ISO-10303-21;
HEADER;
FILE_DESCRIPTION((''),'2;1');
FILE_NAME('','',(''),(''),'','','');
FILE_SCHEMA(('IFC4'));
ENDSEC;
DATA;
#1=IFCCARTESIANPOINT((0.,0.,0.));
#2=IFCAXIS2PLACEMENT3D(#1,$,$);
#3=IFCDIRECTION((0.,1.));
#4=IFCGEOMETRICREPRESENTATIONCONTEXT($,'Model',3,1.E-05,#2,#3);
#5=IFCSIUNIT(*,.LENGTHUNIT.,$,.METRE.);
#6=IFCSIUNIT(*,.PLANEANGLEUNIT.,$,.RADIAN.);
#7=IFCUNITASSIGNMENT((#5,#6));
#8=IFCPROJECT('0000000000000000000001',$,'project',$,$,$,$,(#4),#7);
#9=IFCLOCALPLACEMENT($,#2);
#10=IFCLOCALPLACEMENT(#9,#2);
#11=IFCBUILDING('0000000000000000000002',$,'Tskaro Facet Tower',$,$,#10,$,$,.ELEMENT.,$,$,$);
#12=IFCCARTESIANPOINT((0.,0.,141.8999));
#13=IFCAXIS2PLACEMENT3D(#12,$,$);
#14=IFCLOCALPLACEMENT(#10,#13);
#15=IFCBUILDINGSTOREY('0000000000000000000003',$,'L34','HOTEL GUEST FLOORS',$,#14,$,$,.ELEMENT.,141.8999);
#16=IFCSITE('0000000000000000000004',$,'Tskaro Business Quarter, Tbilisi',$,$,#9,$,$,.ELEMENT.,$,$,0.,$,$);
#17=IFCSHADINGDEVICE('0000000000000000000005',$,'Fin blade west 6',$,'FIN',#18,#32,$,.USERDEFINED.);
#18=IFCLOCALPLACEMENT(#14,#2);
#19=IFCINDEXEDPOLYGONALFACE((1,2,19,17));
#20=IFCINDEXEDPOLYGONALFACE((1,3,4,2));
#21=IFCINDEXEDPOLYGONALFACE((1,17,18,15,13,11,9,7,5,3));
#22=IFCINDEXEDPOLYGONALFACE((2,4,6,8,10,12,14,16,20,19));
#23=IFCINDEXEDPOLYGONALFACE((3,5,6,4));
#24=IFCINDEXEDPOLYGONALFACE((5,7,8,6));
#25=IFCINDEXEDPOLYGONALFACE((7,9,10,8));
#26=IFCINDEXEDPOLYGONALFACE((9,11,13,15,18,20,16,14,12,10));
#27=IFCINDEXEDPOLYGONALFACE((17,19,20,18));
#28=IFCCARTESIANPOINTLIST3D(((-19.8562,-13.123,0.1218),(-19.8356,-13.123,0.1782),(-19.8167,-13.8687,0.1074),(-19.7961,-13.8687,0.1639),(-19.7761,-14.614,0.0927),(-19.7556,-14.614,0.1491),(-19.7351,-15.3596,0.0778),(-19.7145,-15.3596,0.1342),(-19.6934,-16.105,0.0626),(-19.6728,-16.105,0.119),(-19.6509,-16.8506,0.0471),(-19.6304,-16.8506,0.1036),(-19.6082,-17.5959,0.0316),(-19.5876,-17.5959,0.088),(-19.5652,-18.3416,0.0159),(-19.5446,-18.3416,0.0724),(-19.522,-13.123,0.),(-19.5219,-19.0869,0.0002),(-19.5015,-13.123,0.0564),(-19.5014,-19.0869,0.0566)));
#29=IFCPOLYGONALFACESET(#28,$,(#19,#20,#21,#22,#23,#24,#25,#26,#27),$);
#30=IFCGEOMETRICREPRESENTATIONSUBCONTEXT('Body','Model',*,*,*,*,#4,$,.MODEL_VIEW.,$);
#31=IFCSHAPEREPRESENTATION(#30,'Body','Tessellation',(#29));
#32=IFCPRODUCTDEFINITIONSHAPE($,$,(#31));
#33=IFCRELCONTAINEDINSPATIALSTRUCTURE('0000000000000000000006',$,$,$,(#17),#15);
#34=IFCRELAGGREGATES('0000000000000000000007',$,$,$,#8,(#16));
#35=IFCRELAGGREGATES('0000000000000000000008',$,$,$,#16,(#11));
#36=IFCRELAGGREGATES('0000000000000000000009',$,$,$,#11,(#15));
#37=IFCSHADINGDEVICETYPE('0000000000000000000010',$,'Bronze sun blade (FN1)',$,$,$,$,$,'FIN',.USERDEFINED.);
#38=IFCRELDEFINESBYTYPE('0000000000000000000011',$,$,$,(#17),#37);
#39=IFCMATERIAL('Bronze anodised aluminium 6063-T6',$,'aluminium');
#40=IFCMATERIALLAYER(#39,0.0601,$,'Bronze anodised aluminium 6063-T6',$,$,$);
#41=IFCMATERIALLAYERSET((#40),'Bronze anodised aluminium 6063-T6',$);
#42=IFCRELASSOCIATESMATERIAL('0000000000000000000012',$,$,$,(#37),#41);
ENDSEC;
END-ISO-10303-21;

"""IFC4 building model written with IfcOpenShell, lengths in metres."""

from ifc_helpers import new_model, si_unit, direction, frame, origin, place, context, subcontext, project, spatial, polyline, outline, extrude, material, layer, layer_set, type_object, element, save


model = new_model("IFC4")

# Units and contexts
model_context = context("Model", 3, precision=1e-05, world=origin(), true_north=direction((0.0, 1.0)))
body_context = subcontext(model_context, "Body", "Model", "MODEL_VIEW")
ifc_project = project(units=[si_unit("LENGTHUNIT", "METRE"), si_unit("PLANEANGLEUNIT", "RADIAN")], contexts=[model_context])

# Site, building, storey
site_placement = place(None, origin())
site = spatial("IfcSite", under=ifc_project, at=site_placement, Name="Tskaro Business Quarter, Tbilisi", CompositionType="ELEMENT", RefElevation=0.0)
building_placement = place(site_placement, origin())
building = spatial("IfcBuilding", under=site, at=building_placement, Name="Tskaro Facet Tower", CompositionType="ELEMENT")
storey_placement = place(building_placement, frame((0.0, 0.0, 141.8999)))
storey = spatial("IfcBuildingStorey", under=building, at=storey_placement, Name="L34", Description="HOTEL GUEST FLOORS", CompositionType="ELEMENT", Elevation=141.8999)

# Shared definitions
ifc_material_1 = material(Name="Bronze anodised aluminium 6063-T6", Category="aluminium")

# Shading device
ifc_layer_1 = layer(ifc_material_1, 0.0601, Name="Bronze anodised aluminium 6063-T6")
ifc_layer_set_1 = layer_set([ifc_layer_1], Name="Bronze anodised aluminium 6063-T6")
shading_device_type = type_object("IfcShadingDeviceType", Name="Bronze sun blade (FN1)", ElementType="FIN", PredefinedType="USERDEFINED", material=ifc_layer_set_1)
shading_device_1_placement = place(storey_placement, frame((-19.5015, -13.123, 0.0564), z_axis=(0.342516, 0.000042, 0.939512), x_axis=(0.000014, -1.0, 0.00004)))
element("IfcShadingDevice", 1, at=shading_device_1_placement, inside=storey, type_object=shading_device_type, Name="Fin blade west 6", ObjectType="FIN", PredefinedType="USERDEFINED", context=body_context, shape_type="SweptSolid", body=[
    extrude(outline(polyline([(0.0, 0.0), (5.9639, 0.0), (5.2185, -0.046), (4.4729, -0.0918), (3.7275, -0.1372), (2.9819, -0.1824), (2.2366, -0.2268), (1.491, -0.2705), (0.7456, -0.3136), (0.0, -0.3557), (0.0, 0.0)])), origin(), (0.0, 0.0, -1.0), 0.0601),
])

save(model, "model.ifc")
